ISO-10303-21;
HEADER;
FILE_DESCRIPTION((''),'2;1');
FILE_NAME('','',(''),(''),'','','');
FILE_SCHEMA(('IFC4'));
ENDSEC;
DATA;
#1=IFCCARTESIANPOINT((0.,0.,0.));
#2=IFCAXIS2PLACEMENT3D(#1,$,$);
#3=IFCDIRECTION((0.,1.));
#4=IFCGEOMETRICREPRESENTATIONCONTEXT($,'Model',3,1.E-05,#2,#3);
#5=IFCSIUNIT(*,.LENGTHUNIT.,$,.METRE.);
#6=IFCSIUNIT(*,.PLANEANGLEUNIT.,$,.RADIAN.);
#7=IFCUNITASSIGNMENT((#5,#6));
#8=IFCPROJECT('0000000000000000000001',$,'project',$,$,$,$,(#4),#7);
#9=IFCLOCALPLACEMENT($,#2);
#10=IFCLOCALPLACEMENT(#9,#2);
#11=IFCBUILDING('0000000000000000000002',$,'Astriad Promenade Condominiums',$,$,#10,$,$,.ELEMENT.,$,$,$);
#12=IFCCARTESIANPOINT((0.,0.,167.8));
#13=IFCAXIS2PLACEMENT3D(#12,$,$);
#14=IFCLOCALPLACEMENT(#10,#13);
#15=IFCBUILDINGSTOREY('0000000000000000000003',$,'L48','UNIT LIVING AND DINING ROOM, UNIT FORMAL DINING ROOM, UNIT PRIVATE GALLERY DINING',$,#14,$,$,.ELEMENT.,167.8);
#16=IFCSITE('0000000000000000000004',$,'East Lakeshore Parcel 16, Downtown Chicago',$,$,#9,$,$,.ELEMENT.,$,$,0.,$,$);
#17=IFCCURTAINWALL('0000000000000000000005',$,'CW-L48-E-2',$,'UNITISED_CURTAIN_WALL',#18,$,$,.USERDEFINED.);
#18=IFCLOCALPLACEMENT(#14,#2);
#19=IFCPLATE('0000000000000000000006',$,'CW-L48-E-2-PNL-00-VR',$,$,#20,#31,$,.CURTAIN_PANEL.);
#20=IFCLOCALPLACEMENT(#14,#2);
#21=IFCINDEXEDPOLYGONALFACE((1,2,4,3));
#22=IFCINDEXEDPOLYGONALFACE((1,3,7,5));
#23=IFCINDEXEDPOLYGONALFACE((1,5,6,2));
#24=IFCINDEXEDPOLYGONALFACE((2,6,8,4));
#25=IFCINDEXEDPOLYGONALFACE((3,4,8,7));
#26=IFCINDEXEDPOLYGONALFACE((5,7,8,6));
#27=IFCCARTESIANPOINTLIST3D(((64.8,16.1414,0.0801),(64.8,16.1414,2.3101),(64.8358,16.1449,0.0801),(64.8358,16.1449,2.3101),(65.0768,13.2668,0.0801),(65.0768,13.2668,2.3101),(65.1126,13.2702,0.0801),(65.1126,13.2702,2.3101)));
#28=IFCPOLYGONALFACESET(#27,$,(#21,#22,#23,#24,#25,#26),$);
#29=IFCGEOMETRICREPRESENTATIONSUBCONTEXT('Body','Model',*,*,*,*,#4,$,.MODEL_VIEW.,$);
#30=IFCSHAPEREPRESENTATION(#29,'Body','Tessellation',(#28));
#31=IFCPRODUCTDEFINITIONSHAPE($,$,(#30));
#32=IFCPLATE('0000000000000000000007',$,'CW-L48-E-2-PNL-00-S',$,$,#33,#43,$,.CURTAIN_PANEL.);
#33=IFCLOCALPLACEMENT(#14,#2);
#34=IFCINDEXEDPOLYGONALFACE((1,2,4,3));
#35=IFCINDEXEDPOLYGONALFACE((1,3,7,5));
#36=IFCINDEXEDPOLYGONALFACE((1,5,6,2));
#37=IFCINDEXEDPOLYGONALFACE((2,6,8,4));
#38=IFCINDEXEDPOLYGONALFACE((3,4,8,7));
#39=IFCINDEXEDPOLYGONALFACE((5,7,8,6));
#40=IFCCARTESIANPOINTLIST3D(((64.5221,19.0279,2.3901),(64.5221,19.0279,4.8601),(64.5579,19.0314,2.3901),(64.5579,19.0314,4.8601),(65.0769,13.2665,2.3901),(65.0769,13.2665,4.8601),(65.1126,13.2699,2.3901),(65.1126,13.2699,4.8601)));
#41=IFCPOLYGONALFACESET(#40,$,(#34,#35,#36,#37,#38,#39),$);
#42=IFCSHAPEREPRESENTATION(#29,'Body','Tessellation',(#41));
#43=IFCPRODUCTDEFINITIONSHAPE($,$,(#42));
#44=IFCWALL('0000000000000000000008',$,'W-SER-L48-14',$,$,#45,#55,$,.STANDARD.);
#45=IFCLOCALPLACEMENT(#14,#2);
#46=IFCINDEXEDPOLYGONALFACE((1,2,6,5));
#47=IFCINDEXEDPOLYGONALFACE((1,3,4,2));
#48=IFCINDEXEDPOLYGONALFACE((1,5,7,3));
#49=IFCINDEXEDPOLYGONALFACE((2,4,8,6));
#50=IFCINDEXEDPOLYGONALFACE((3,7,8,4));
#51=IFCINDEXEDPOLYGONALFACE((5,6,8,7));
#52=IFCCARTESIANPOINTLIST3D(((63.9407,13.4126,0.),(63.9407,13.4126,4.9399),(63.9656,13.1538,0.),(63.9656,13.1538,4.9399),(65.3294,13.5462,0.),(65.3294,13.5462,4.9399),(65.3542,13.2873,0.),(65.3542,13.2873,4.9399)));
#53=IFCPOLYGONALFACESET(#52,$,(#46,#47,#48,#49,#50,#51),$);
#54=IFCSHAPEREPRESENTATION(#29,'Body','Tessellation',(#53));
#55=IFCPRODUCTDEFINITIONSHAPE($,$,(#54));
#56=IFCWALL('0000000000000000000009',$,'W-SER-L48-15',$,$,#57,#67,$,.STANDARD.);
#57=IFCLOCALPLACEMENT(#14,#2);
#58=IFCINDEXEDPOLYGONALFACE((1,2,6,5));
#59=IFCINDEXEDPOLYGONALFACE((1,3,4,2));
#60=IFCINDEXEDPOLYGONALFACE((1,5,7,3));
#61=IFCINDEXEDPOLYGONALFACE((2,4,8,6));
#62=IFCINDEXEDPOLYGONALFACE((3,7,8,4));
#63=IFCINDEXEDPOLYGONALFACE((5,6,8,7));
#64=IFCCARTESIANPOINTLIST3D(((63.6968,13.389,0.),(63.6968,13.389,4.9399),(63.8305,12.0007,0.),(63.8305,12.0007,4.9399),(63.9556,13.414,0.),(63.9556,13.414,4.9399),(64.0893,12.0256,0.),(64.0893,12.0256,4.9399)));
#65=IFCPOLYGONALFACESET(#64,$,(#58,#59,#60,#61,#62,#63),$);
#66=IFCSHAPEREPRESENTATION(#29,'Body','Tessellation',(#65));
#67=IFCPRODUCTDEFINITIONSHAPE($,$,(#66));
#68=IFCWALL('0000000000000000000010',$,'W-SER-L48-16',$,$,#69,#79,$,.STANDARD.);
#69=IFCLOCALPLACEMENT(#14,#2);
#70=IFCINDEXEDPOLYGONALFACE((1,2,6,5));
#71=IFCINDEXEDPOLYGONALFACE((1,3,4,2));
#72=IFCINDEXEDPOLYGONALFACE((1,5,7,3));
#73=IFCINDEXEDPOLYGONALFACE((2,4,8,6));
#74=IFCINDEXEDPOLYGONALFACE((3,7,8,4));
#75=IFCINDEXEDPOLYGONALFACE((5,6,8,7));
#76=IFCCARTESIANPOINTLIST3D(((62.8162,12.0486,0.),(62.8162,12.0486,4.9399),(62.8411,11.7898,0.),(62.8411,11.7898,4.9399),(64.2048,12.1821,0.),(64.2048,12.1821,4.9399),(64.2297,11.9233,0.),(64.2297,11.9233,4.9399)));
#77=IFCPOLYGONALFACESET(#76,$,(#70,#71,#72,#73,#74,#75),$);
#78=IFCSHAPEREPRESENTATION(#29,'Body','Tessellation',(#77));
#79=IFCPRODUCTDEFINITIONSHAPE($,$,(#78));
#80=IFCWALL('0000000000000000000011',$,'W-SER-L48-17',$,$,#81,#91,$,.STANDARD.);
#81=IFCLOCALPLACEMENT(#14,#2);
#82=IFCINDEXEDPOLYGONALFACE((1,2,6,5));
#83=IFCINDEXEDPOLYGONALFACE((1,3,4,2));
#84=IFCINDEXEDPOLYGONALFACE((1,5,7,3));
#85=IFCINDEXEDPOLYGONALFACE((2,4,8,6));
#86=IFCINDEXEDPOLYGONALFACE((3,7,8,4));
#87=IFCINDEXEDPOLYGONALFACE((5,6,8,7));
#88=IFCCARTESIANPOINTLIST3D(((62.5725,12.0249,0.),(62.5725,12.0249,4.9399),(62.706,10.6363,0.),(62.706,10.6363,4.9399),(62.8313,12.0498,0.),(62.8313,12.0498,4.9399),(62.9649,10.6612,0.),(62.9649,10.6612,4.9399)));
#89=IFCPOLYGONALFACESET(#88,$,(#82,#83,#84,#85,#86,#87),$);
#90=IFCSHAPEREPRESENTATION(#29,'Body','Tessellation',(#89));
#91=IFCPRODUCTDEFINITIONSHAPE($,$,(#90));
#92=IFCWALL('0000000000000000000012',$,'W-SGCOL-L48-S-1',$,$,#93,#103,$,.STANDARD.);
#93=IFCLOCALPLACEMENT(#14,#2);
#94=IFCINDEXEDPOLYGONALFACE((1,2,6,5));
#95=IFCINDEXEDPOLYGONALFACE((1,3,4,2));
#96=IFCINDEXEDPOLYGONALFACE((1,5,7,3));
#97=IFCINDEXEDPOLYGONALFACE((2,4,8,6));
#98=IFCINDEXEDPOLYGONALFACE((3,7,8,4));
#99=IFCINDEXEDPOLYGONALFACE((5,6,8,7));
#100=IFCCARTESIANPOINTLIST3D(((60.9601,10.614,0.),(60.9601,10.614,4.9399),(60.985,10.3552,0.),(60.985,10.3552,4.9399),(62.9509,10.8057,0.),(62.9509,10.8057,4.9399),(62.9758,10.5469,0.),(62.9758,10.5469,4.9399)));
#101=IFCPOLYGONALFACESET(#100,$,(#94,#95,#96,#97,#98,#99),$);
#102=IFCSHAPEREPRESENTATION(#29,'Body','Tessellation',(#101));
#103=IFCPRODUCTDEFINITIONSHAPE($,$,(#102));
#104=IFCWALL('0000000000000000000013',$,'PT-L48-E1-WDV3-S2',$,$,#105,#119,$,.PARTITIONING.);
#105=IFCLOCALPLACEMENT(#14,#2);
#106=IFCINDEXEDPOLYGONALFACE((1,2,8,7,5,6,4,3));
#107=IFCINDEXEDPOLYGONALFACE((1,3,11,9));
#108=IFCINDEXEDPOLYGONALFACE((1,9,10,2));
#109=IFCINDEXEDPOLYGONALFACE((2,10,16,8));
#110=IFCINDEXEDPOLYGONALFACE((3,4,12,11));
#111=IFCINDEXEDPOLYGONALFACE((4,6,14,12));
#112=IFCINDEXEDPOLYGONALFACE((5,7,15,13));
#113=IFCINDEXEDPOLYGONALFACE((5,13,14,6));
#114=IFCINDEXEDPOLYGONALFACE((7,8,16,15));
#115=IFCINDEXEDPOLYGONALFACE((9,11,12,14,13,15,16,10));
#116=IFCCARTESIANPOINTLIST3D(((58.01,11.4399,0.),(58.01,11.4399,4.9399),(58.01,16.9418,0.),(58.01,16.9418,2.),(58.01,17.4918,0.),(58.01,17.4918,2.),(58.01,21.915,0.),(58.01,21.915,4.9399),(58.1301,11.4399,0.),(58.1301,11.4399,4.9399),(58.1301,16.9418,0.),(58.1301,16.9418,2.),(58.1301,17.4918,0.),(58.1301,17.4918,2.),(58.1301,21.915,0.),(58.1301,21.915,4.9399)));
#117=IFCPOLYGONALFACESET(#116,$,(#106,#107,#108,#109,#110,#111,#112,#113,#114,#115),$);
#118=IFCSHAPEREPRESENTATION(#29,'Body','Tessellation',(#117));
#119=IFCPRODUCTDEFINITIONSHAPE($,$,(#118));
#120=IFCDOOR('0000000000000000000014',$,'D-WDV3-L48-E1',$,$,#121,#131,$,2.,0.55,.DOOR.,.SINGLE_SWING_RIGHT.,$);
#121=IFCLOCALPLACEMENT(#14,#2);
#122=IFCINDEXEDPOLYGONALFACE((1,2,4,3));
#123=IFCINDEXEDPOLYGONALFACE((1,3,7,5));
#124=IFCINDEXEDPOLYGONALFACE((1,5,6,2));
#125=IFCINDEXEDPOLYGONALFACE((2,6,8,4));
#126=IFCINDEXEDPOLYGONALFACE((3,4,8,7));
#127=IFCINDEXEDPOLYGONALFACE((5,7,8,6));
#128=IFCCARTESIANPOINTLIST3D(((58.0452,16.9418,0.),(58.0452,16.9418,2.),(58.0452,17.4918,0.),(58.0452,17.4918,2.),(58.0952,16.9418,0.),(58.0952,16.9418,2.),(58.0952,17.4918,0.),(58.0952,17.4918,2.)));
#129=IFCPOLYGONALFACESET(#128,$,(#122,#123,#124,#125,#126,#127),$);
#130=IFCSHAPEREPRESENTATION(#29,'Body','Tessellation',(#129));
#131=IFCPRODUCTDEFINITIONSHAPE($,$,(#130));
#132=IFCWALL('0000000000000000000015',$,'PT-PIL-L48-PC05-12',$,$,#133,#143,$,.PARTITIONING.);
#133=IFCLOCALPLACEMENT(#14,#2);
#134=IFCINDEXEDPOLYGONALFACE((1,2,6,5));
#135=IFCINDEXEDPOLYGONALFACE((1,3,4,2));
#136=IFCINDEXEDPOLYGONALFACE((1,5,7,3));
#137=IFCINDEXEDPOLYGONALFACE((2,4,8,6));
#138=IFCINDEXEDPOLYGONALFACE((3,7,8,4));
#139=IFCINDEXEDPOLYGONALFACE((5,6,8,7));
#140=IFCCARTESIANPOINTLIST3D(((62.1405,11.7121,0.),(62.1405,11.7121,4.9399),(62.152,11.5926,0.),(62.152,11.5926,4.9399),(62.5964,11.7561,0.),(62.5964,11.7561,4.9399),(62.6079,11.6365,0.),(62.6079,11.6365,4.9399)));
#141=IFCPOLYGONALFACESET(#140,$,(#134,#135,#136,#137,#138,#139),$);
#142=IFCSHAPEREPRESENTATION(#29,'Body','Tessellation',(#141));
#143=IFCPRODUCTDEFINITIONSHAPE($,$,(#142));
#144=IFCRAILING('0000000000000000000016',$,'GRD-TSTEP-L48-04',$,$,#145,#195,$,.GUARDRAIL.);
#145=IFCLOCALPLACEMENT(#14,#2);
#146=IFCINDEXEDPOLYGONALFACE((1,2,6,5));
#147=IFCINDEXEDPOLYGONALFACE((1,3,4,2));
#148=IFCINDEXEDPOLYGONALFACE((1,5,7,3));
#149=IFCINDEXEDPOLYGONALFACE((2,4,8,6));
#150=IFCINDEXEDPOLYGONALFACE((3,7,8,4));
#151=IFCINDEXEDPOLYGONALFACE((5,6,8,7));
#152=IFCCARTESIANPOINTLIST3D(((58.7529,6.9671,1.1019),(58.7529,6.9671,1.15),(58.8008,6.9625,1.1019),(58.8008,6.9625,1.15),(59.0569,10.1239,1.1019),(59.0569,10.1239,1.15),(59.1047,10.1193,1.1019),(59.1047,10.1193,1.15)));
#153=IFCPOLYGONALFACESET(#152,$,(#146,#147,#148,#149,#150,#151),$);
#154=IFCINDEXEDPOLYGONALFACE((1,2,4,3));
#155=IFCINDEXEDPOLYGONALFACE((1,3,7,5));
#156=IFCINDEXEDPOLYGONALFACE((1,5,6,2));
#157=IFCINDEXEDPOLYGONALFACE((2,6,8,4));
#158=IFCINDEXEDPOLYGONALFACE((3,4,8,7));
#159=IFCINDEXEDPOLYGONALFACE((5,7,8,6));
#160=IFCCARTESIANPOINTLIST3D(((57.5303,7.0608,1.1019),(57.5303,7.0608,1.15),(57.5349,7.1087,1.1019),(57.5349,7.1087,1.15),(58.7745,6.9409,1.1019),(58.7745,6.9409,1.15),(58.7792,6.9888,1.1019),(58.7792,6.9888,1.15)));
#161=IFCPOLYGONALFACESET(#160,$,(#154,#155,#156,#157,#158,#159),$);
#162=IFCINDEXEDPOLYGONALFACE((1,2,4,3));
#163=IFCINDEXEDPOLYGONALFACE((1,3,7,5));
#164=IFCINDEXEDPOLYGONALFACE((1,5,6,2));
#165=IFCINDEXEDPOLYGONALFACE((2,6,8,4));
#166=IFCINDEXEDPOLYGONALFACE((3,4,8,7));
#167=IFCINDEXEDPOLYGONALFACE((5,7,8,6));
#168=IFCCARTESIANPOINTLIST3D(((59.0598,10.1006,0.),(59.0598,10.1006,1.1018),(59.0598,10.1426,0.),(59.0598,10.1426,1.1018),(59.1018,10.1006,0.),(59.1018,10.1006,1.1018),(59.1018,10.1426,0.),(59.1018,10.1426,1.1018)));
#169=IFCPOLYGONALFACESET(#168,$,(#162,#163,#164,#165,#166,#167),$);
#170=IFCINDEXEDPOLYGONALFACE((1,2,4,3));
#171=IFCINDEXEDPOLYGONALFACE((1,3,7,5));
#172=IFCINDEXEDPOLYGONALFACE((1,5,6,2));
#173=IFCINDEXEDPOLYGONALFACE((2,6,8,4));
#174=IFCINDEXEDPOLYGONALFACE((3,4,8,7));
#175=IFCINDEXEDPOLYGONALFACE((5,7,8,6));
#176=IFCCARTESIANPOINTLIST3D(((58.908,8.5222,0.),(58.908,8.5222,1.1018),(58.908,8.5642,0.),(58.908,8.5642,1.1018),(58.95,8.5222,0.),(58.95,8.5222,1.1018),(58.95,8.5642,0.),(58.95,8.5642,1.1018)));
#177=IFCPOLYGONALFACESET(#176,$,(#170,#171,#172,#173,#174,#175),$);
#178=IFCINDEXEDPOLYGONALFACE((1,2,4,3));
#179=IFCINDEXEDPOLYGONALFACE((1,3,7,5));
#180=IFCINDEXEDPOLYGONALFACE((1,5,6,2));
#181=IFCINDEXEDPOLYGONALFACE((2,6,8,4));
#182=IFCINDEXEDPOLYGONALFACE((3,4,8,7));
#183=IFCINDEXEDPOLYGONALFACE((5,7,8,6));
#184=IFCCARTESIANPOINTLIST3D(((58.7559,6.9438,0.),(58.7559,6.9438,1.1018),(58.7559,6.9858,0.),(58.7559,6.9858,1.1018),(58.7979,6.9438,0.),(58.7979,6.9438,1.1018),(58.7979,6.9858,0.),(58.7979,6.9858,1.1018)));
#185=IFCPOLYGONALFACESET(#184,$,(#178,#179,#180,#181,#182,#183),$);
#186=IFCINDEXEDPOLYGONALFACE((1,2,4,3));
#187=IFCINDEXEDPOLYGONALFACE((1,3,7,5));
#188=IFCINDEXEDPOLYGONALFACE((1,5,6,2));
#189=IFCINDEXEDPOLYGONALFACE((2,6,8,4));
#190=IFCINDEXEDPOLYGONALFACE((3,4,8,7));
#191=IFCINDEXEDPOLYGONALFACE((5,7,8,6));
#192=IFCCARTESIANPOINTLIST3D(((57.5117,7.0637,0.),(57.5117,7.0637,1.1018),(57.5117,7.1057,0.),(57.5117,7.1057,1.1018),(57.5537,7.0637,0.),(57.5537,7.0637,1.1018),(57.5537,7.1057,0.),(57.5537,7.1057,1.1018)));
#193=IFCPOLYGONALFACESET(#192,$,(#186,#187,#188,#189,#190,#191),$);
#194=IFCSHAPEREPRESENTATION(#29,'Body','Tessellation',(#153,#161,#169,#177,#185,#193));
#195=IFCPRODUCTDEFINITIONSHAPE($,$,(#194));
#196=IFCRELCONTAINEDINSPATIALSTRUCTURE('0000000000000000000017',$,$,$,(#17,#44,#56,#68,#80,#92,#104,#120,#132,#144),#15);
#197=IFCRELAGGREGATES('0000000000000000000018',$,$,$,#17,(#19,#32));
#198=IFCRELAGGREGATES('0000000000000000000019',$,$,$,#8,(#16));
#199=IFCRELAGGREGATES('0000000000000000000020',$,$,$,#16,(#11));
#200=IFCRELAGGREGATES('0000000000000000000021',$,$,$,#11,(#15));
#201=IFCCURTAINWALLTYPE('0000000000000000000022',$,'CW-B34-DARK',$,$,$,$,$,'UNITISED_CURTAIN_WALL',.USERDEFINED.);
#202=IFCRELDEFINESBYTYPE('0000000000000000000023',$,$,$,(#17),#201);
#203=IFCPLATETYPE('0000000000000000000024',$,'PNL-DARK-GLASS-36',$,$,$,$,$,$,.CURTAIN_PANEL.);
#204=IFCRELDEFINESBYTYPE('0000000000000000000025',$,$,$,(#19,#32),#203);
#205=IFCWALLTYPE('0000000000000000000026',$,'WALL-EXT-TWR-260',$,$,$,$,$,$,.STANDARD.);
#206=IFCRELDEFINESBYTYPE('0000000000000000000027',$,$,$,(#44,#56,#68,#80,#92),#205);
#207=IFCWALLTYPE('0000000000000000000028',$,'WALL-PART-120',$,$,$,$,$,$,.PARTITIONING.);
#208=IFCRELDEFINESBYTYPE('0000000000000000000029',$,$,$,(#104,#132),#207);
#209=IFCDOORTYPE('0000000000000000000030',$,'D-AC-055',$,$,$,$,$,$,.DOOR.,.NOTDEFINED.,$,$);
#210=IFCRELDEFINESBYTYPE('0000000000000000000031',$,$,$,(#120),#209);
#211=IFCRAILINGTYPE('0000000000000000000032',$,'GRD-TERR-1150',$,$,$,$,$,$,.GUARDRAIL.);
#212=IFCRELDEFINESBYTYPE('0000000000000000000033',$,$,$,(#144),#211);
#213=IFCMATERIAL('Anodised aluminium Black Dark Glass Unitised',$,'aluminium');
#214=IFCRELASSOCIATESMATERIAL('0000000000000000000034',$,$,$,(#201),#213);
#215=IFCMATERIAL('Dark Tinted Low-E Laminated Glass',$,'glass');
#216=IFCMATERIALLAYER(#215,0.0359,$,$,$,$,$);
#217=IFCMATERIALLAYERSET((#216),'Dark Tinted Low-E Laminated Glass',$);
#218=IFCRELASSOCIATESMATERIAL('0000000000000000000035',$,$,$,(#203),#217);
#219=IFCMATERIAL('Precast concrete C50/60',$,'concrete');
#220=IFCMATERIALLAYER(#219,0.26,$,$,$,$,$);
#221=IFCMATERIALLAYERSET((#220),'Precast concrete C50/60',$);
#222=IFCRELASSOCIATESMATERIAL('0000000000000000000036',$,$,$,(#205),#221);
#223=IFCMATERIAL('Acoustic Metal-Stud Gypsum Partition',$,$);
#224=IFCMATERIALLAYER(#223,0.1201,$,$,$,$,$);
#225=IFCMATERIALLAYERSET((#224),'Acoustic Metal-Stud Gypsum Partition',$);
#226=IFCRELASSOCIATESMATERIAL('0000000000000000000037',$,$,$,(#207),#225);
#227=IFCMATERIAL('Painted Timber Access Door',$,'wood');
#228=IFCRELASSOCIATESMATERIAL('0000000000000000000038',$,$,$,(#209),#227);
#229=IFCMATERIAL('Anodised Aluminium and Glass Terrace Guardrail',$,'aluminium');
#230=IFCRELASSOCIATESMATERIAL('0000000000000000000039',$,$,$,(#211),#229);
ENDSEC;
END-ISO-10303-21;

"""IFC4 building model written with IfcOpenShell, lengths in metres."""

from ifc_helpers import new_model, si_unit, direction, frame, frame_2d, origin, origin_2d, place, context, subcontext, project, spatial, rectangle, extrude, source, transform, mapped, material, layer, layer_set, type_object, type_shapes, element, fill, aggregate, save


model = new_model("IFC4")

# Units and contexts
model_context = context("Model", 3, precision=1e-05, world=origin(), true_north=direction((0.0, 1.0)))
body_context = subcontext(model_context, "Body", "Model", "MODEL_VIEW")
ifc_project = project(units=[si_unit("LENGTHUNIT", "METRE"), si_unit("PLANEANGLEUNIT", "RADIAN")], contexts=[model_context])

# Site, building, storey
site_placement = place(None, origin())
site = spatial("IfcSite", under=ifc_project, at=site_placement, Name="East Lakeshore Parcel 16, Downtown Chicago", CompositionType="ELEMENT", RefElevation=0.0)
building_placement = place(site_placement, origin())
building = spatial("IfcBuilding", under=site, at=building_placement, Name="Astriad Promenade Condominiums", CompositionType="ELEMENT")
storey_placement = place(building_placement, frame((0.0, 0.0, 167.8)))
storey = spatial("IfcBuildingStorey", under=building, at=storey_placement, Name="L48", Description="UNIT LIVING AND DINING ROOM, UNIT FORMAL DINING ROOM, UNIT PRIVATE GALLERY DINING", CompositionType="ELEMENT", Elevation=167.8)

# Curtain wall
ifc_material_1 = material(Name="Anodised aluminium Black Dark Glass Unitised", Category="aluminium")
curtain_wall_type = type_object("IfcCurtainWallType", Name="CW-B34-DARK", ElementType="UNITISED_CURTAIN_WALL", PredefinedType="USERDEFINED", material=ifc_material_1)
curtain_wall_1_placement = place(storey_placement, origin())
curtain_wall_1 = element("IfcCurtainWall", 1, at=curtain_wall_1_placement, inside=storey, type_object=curtain_wall_type, Name="CW-L48-E-2", ObjectType="UNITISED_CURTAIN_WALL", PredefinedType="USERDEFINED")

# Shared definitions
ifc_material_2 = material(Name="Dark Tinted Low-E Laminated Glass", Category="glass")
ifc_layer_1 = layer(ifc_material_2, 0.0359)
ifc_layer_set_1 = layer_set([ifc_layer_1], Name="Dark Tinted Low-E Laminated Glass")
plate_type = type_object("IfcPlateType", Name="PNL-DARK-GLASS-36", PredefinedType="CURTAIN_PANEL", material=ifc_layer_set_1)

# Plates
shared_shape_1 = source(origin(), body_context, "Body", "SweptSolid", [
    extrude(rectangle(XDim=2.8879, YDim=0.0359, at=origin_2d()), origin(), (0.0, 0.0, 1.0), 2.23),
])
plate_1_placement = place(storey_placement, frame((64.9563, 14.7058, 0.0801), z_axis=(0.0, 0.0, 1.0), x_axis=(0.095846, -0.995396, 0.0)))
plate_1 = element("IfcPlate", 2, at=plate_1_placement, type_object=plate_type, Name="CW-L48-E-2-PNL-00-VR", PredefinedType="CURTAIN_PANEL", context=body_context, shape_type="MappedRepresentation", body=[
    mapped(shared_shape_1, transform((0.0, 0.0, 0.0), scale=1.0)),
])
shared_shape_2 = source(origin(), body_context, "Body", "SweptSolid", [
    extrude(rectangle(XDim=5.7881, YDim=0.0359, at=origin_2d()), origin(), (0.0, 0.0, 1.0), 2.47),
])
plate_2_placement = place(storey_placement, frame((64.8174, 16.1489, 2.3901), z_axis=(0.0, 0.0, 1.0), x_axis=(0.095846, -0.995396, 0.0)))
plate_2 = element("IfcPlate", 3, at=plate_2_placement, type_object=plate_type, Name="CW-L48-E-2-PNL-00-S", PredefinedType="CURTAIN_PANEL", context=body_context, shape_type="MappedRepresentation", body=[
    mapped(shared_shape_2, transform((0.0, 0.0, 0.0), scale=1.0)),
])
aggregate(curtain_wall_1, [plate_1, plate_2])

# Walls
ifc_material_3 = material(Name="Precast concrete C50/60", Category="concrete")
ifc_layer_2 = layer(ifc_material_3, 0.26)
ifc_layer_set_2 = layer_set([ifc_layer_2], Name="Precast concrete C50/60")
wall_type_1 = type_object("IfcWallType", Name="WALL-EXT-TWR-260", PredefinedType="STANDARD", material=ifc_layer_set_2)
wall_1_placement = place(storey_placement, frame((65.3418, 13.4167, 0.0), z_axis=(0.0, 0.0, 1.0), x_axis=(-0.995408, -0.095726, 0.0)))
element("IfcWall", 4, at=wall_1_placement, inside=storey, type_object=wall_type_1, Name="W-SER-L48-14", PredefinedType="STANDARD", context=body_context, shape_type="SweptSolid", body=[
    extrude(rectangle(XDim=1.395, YDim=0.26, at=frame_2d((0.6975, 0.0))), origin(), (0.0, 0.0, 1.0), 4.9399),
])
wall_2_placement = place(storey_placement, frame((63.8262, 13.4014, 0.0), z_axis=(0.0, 0.0, 1.0), x_axis=(0.095916, -0.995389, 0.0)))
element("IfcWall", 5, at=wall_2_placement, inside=storey, type_object=wall_type_1, Name="W-SER-L48-15", PredefinedType="STANDARD", context=body_context, shape_type="SweptSolid", body=[
    extrude(rectangle(XDim=1.3948, YDim=0.26, at=frame_2d((0.6973, 0.0))), origin(), (0.0, 0.0, 1.0), 4.9399),
])
for number, where, z_axis, x_axis, name in (
    (6, (64.2173, 12.0527, 0.0), (0.0, 0.0, 1.0), (-0.995408, -0.095726, 0.0), "W-SER-L48-16"),
    (7, (62.7019, 12.0374, 0.0), (0.0, 0.0, 1.0), (0.095726, -0.995408, 0.0), "W-SER-L48-17"),
):
    element("IfcWall", number, at=place(storey_placement, frame(where, z_axis=z_axis, x_axis=x_axis)), inside=storey, type_object=wall_type_1, Name=name, PredefinedType="STANDARD", context=body_context, shape_type="SweptSolid", body=[
        extrude(rectangle(XDim=1.395, YDim=0.26, at=frame_2d((0.6975, 0.0))), origin(), (0.0, 0.0, 1.0), 4.9399),
    ])
wall_3_placement = place(storey_placement, frame((62.9634, 10.6763, 0.0), z_axis=(0.0, 0.0, 1.0), x_axis=(-0.995398, -0.095829, 0.0)))
element("IfcWall", 8, at=wall_3_placement, inside=storey, type_object=wall_type_1, Name="W-SGCOL-L48-S-1", PredefinedType="STANDARD", context=body_context, shape_type="SweptSolid", body=[
    extrude(rectangle(XDim=2.0, YDim=0.26, at=frame_2d((1.0, 0.0))), origin(), (0.0, 0.0, 1.0), 4.9399),
])

# Wall, opening, door
ifc_material_4 = material(Name="Acoustic Metal-Stud Gypsum Partition")
ifc_layer_3 = layer(ifc_material_4, 0.1201)
ifc_layer_set_3 = layer_set([ifc_layer_3], Name="Acoustic Metal-Stud Gypsum Partition")
wall_type_2 = type_object("IfcWallType", Name="WALL-PART-120", PredefinedType="PARTITIONING", material=ifc_layer_set_3)
wall_4_placement = place(storey_placement, frame((58.0701, 11.4399, 0.0), z_axis=(0.0, 0.0, 1.0), x_axis=(0.0, 1.0, 0.0)))
wall_4 = element("IfcWall", 9, at=wall_4_placement, inside=storey, type_object=wall_type_2, Name="PT-L48-E1-WDV3-S2", PredefinedType="PARTITIONING", context=body_context, shape_type="SweptSolid", body=[
    extrude(rectangle(XDim=10.4751, YDim=0.1201, at=frame_2d((5.2375, 0.0))), origin(), (0.0, 0.0, 1.0), 4.9399),
])
opening_placement = place(wall_4_placement, frame((5.502, 0.0, 0.0)))
opening = element("IfcOpeningElement", 10, at=opening_placement, cuts=wall_4, PredefinedType="OPENING", context=body_context, shape_type="SweptSolid", body=[
    extrude(rectangle(XDim=0.55, YDim=2.0, at=frame_2d((0.2749, 1.0))), frame((0.0, 0.0701, 0.0), z_axis=(0.0, -1.0, 0.0), x_axis=(1.0, 0.0, 0.0)), (0.0, 0.0, 1.0), 0.1401),
])
ifc_material_5 = material(Name="Painted Timber Access Door", Category="wood")
door_type = type_object("IfcDoorType", Name="D-AC-055", OperationType="NOTDEFINED", PredefinedType="DOOR", material=ifc_material_5)
shared_shape_3 = source(origin(), body_context, "Body", "SweptSolid", [
    extrude(rectangle(XDim=0.55, YDim=2.0, at=frame_2d((0.2749, 1.0))), frame((0.0, 0.0249, 0.0), z_axis=(0.0, -1.0, 0.0), x_axis=(1.0, 0.0, 0.0)), (0.0, 0.0, 1.0), 0.05),
])
type_shapes(door_type, [shared_shape_3])
door_placement = place(opening_placement, origin())
door = element("IfcDoor", 11, at=door_placement, inside=storey, type_object=door_type, Name="D-WDV3-L48-E1", OperationType="SINGLE_SWING_RIGHT", OverallHeight=2.0, OverallWidth=0.55, PredefinedType="DOOR", context=body_context, shape_type="MappedRepresentation", body=[
    mapped(shared_shape_3, transform((0.0, 0.0, 0.0), scale=1.0)),
])
fill(opening, door)

# Wall
wall_5_placement = place(storey_placement, frame((62.1462, 11.6523, 0.0), z_axis=(0.0, 0.0, 1.0), x_axis=(0.995385, 0.095966, 0.0)))
element("IfcWall", 12, at=wall_5_placement, inside=storey, type_object=wall_type_2, Name="PT-PIL-L48-PC05-12", PredefinedType="PARTITIONING", context=body_context, shape_type="SweptSolid", body=[
    extrude(rectangle(XDim=0.458, YDim=0.1201, at=frame_2d((0.229, 0.0))), origin(), (0.0, 0.0, 1.0), 4.9399),
])

# Railing
ifc_material_6 = material(Name="Anodised Aluminium and Glass Terrace Guardrail", Category="aluminium")
railing_type = type_object("IfcRailingType", Name="GRD-TERR-1150", PredefinedType="GUARDRAIL", material=ifc_material_6)
shared_shape_4 = source(origin(), body_context, "Body", "SweptSolid", [
    extrude(rectangle(XDim=0.0481, YDim=0.0481, at=origin_2d()), frame((0.0, 0.0, 1.126), z_axis=(-0.095844, -0.995396, 0.0), x_axis=(0.995396, -0.095844, 0.0)), (0.0, 0.0, 1.0), 3.1714),
    extrude(rectangle(XDim=0.0481, YDim=0.0481, at=origin_2d()), frame((-0.304, -3.1567, 1.126), z_axis=(-0.99539, 0.095906, 0.0), x_axis=(-0.095906, -0.99539, 0.0)), (0.0, 0.0, 1.0), 1.25),
    extrude(rectangle(XDim=0.042, YDim=0.042, at=origin_2d()), origin(), (0.0, 0.0, 1.0), 1.1018),
    extrude(rectangle(XDim=0.042, YDim=0.042, at=origin_2d()), frame((-0.1519, -1.5784, 0.0)), (0.0, 0.0, 1.0), 1.1018),
    extrude(rectangle(XDim=0.042, YDim=0.042, at=origin_2d()), frame((-0.304, -3.1567, 0.0)), (0.0, 0.0, 1.0), 1.1018),
    extrude(rectangle(XDim=0.042, YDim=0.042, at=origin_2d()), frame((-1.5481, -3.0369, 0.0)), (0.0, 0.0, 1.0), 1.1018),
])
type_shapes(railing_type, [shared_shape_4])
railing_placement = place(storey_placement, frame((59.0808, 10.1216, 0.0)))
element("IfcRailing", 13, at=railing_placement, inside=storey, type_object=railing_type, Name="GRD-TSTEP-L48-04", PredefinedType="GUARDRAIL", context=body_context, shape_type="MappedRepresentation", body=[
    mapped(shared_shape_4, transform((0.0, 0.0, 0.0), scale=1.0)),
])

save(model, "model.ifc")
